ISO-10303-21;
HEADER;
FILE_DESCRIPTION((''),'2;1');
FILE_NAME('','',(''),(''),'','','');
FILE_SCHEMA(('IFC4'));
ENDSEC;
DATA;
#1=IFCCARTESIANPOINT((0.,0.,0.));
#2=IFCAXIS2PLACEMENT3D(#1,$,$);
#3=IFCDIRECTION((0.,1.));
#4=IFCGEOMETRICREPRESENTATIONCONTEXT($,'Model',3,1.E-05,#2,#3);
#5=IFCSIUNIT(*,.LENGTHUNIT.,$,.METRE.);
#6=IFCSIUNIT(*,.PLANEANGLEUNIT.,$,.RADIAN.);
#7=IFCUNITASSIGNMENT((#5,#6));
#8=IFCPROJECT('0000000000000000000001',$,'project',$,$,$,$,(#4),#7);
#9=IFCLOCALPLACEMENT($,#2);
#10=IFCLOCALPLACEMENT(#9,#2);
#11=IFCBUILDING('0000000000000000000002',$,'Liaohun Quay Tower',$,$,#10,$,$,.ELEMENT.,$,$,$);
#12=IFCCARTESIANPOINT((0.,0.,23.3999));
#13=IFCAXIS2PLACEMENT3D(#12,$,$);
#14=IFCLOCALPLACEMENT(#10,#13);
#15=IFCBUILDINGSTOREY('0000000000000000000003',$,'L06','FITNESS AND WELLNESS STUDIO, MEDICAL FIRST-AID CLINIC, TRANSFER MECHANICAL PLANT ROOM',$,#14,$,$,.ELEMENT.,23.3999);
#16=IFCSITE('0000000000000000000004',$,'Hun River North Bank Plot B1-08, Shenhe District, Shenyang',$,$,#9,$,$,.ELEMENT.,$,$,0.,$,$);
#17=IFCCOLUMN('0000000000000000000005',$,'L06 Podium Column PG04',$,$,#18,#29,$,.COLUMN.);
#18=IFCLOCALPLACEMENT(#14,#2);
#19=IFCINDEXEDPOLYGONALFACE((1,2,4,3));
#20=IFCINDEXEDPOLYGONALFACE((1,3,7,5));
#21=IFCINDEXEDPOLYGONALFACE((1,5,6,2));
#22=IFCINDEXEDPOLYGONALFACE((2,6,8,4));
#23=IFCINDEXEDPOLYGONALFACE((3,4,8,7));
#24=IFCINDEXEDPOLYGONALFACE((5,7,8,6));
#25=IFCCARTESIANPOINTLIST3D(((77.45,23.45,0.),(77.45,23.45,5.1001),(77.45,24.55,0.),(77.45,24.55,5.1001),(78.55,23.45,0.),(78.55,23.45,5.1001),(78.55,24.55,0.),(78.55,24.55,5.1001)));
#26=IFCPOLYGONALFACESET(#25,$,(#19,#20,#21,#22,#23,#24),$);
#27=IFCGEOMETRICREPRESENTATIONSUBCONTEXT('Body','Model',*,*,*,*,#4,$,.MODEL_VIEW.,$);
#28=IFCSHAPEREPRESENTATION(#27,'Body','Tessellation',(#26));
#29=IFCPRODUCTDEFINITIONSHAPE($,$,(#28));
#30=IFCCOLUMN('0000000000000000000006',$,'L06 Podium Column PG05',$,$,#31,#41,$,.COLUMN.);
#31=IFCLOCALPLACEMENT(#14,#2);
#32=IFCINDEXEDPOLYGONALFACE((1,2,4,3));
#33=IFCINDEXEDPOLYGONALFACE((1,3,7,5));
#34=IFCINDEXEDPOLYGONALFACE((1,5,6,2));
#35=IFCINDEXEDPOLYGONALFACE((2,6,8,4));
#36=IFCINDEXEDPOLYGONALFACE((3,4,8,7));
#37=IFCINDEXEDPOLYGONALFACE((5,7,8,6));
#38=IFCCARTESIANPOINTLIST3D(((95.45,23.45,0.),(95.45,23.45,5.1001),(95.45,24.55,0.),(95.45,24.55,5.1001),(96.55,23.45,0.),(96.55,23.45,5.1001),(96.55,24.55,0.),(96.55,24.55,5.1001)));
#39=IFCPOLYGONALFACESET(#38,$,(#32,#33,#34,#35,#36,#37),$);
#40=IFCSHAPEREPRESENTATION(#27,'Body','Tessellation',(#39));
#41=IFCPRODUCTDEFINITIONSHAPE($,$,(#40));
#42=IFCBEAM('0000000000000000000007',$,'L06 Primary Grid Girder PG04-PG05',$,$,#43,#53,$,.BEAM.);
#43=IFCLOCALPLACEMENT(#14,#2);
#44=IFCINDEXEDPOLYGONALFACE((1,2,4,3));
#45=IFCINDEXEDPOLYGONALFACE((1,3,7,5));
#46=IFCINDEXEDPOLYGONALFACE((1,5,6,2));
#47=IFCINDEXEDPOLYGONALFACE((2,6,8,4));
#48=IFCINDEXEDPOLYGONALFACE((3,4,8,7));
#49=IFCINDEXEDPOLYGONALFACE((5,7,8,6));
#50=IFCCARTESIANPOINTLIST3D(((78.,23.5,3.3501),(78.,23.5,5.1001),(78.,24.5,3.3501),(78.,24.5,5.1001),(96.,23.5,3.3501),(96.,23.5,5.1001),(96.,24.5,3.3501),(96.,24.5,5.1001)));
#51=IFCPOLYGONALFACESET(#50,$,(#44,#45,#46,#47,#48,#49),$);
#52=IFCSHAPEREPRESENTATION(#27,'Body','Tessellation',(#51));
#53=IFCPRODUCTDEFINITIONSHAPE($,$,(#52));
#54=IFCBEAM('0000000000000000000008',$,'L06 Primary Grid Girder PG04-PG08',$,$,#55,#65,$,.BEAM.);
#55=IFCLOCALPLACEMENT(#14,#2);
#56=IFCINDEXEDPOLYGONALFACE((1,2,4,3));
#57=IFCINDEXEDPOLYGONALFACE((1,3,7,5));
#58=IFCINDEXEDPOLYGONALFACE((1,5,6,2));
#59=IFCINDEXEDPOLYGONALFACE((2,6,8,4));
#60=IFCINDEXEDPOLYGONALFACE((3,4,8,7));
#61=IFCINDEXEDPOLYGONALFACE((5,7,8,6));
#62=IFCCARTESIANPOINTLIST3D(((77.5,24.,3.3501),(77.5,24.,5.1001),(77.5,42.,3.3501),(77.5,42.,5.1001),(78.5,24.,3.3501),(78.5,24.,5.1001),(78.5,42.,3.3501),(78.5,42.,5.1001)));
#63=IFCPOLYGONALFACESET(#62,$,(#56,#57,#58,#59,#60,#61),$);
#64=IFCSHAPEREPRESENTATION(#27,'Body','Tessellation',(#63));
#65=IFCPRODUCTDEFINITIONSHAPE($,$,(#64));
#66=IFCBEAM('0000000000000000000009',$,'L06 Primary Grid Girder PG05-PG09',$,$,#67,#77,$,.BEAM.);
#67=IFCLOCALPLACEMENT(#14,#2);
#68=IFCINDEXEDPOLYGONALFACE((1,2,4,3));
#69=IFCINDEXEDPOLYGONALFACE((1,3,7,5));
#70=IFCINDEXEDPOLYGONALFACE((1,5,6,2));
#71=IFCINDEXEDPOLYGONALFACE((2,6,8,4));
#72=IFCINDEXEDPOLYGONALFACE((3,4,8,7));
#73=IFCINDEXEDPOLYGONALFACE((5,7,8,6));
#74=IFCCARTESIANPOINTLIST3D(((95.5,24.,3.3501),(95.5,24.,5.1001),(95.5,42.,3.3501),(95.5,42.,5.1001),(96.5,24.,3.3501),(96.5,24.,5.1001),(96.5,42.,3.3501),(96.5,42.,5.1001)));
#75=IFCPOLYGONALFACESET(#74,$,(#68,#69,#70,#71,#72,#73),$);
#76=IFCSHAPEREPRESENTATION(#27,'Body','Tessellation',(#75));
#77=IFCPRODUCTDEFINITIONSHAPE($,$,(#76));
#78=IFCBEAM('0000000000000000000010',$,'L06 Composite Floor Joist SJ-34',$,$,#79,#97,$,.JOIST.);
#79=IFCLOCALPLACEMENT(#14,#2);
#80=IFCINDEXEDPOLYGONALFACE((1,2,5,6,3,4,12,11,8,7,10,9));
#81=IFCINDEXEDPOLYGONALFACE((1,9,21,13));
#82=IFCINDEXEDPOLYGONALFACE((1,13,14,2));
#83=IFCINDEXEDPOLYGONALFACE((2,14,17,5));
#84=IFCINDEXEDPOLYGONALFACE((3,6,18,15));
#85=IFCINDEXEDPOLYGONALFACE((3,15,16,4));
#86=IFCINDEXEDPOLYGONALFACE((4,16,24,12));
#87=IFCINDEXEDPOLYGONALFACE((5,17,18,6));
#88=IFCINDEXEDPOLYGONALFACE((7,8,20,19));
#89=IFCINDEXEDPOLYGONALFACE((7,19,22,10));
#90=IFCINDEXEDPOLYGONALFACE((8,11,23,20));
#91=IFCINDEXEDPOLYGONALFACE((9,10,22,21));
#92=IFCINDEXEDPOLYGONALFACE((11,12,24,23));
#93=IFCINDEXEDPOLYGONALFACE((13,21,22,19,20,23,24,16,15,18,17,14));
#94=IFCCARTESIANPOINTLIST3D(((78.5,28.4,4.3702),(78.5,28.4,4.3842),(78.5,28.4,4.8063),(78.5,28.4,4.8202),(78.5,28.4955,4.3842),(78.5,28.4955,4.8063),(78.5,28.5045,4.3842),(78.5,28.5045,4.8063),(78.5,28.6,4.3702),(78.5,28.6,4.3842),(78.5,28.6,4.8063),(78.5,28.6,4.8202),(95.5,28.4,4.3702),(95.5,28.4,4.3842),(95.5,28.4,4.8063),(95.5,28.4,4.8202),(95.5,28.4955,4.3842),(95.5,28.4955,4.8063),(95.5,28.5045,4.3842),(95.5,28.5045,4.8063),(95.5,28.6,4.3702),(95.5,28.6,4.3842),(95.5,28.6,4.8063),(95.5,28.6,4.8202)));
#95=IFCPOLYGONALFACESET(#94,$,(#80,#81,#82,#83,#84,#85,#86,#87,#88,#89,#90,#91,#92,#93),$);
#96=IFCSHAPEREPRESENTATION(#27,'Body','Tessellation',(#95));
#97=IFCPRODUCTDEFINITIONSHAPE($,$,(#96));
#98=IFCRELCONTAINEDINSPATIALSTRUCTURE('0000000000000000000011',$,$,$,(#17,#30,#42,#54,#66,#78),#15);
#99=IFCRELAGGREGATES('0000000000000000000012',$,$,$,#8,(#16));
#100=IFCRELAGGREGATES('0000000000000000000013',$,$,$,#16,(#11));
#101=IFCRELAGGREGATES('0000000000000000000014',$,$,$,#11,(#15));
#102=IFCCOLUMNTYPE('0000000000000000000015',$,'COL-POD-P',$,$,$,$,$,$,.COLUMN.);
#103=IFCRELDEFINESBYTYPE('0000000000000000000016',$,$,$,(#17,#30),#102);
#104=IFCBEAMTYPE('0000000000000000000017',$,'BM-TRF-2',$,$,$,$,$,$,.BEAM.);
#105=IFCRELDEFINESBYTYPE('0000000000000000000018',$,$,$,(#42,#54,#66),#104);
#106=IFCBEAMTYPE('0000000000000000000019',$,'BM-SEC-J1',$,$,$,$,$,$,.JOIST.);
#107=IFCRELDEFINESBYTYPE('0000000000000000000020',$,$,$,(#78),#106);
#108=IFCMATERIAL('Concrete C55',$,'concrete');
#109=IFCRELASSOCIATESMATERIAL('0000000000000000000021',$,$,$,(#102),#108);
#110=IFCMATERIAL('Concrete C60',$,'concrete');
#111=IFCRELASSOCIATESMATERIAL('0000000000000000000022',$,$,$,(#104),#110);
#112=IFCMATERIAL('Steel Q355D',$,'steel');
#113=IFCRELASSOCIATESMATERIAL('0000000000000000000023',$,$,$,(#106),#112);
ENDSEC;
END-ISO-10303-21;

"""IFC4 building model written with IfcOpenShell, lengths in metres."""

from ifc_helpers import new_model, si_unit, direction, frame, origin, origin_2d, place, context, subcontext, project, spatial, rectangle, i_section, extrude, source, transform, mapped, material, material_profile, profile_set, type_object, element, save


model = new_model("IFC4")

# Units and contexts
model_context = context("Model", 3, precision=1e-05, world=origin(), true_north=direction((0.0, 1.0)))
body_context = subcontext(model_context, "Body", "Model", "MODEL_VIEW")
ifc_project = project(units=[si_unit("LENGTHUNIT", "METRE"), si_unit("PLANEANGLEUNIT", "RADIAN")], contexts=[model_context])

# Site, building, storey
site_placement = place(None, origin())
site = spatial("IfcSite", under=ifc_project, at=site_placement, Name="Hun River North Bank Plot B1-08, Shenhe District, Shenyang", CompositionType="ELEMENT", RefElevation=0.0)
building_placement = place(site_placement, origin())
building = spatial("IfcBuilding", under=site, at=building_placement, Name="Liaohun Quay Tower", CompositionType="ELEMENT")
storey_placement = place(building_placement, frame((0.0, 0.0, 23.3999)))
storey = spatial("IfcBuildingStorey", under=building, at=storey_placement, Name="L06", Description="FITNESS AND WELLNESS STUDIO, MEDICAL FIRST-AID CLINIC, TRANSFER MECHANICAL PLANT ROOM", CompositionType="ELEMENT", Elevation=23.3999)

# Columns
ifc_material_1 = material(Name="Concrete C55", Category="concrete")
ifc_material_profile_1 = material_profile(ifc_material_1, rectangle(XDim=1.1001, YDim=1.1001, at=origin_2d()), Name="RC1100x1100")
ifc_profile_set_1 = profile_set([ifc_material_profile_1], Name="Concrete C55")
column_type = type_object("IfcColumnType", Name="COL-POD-P", PredefinedType="COLUMN", material=ifc_profile_set_1)
shared_shape_1 = source(origin(), body_context, "Body", "SweptSolid", [
    extrude(rectangle(XDim=1.1001, YDim=1.1001, at=origin_2d()), origin(), (0.0, 0.0, 1.0), 5.1001),
])
for number, where, z_axis, x_axis, name in (
    (1, (78.0, 24.0, 0.0), (0.0, 0.0, 1.0), (1.0, 0.0, 0.0), "L06 Podium Column PG04"),
    (2, (96.0, 24.0, 0.0), (0.0, 0.0, 1.0), (1.0, 0.0, 0.0), "L06 Podium Column PG05"),
):
    element("IfcColumn", number, at=place(storey_placement, frame(where, z_axis=z_axis, x_axis=x_axis)), inside=storey, type_object=column_type, Name=name, PredefinedType="COLUMN", context=body_context, shape_type="MappedRepresentation", body=[
        mapped(shared_shape_1, transform((0.0, 0.0, 0.0), x_axis=(1.0, 0.0, 0.0), y_axis=(0.0, 1.0, 0.0), z_axis=(0.0, 0.0, 1.0), scale=1.0)),
    ])

# Beams
ifc_material_2 = material(Name="Concrete C60", Category="concrete")
ifc_material_profile_2 = material_profile(ifc_material_2, rectangle(XDim=1.0, YDim=1.75, at=origin_2d()), Name="RC1000x1750")
ifc_profile_set_2 = profile_set([ifc_material_profile_2], Name="Concrete C60")
beam_type_1 = type_object("IfcBeamType", Name="BM-TRF-2", PredefinedType="BEAM", material=ifc_profile_set_2)
shared_shape_2 = source(origin(), body_context, "Body", "SweptSolid", [
    extrude(rectangle(XDim=1.0, YDim=1.75, at=origin_2d()), origin(), (0.0, 0.0, 1.0), 18.0),
])
for number, where, z_axis, x_axis, name in (
    (3, (78.0, 24.0, 4.2251), (1.0, 0.0, 0.0), (0.0, 1.0, 0.0), "L06 Primary Grid Girder PG04-PG05"),
    (4, (78.0, 24.0, 4.2251), (0.0, 1.0, 0.0), (-1.0, 0.0, 0.0), "L06 Primary Grid Girder PG04-PG08"),
    (5, (96.0, 24.0, 4.2251), (0.0, 1.0, 0.0), (-1.0, 0.0, 0.0), "L06 Primary Grid Girder PG05-PG09"),
):
    element("IfcBeam", number, at=place(storey_placement, frame(where, z_axis=z_axis, x_axis=x_axis)), inside=storey, type_object=beam_type_1, Name=name, PredefinedType="BEAM", context=body_context, shape_type="MappedRepresentation", body=[
        mapped(shared_shape_2, transform((0.0, 0.0, 0.0), x_axis=(1.0, 0.0, 0.0), y_axis=(0.0, 1.0, 0.0), z_axis=(0.0, 0.0, 1.0), scale=1.0)),
    ])
ifc_material_3 = material(Name="Steel Q355D", Category="steel")
ifc_material_profile_3 = material_profile(ifc_material_3, i_section(OverallWidth=0.2, OverallDepth=0.45, WebThickness=0.009, FlangeThickness=0.0139, at=origin_2d()), Name="HN450x200x9x14")
ifc_profile_set_3 = profile_set([ifc_material_profile_3], Name="Steel Q355D")
beam_type_2 = type_object("IfcBeamType", Name="BM-SEC-J1", PredefinedType="JOIST", material=ifc_profile_set_3)
shared_shape_3 = source(origin(), body_context, "Body", "SweptSolid", [
    extrude(i_section(OverallWidth=0.2, OverallDepth=0.45, WebThickness=0.009, FlangeThickness=0.0139, at=origin_2d()), origin(), (0.0, 0.0, 1.0), 17.0),
])
beam_placement = place(storey_placement, frame((78.5, 28.5, 4.5952), z_axis=(1.0, 0.0, 0.0), x_axis=(0.0, 1.0, 0.0)))
element("IfcBeam", 6, at=beam_placement, inside=storey, type_object=beam_type_2, Name="L06 Composite Floor Joist SJ-34", PredefinedType="JOIST", context=body_context, shape_type="MappedRepresentation", body=[
    mapped(shared_shape_3, transform((0.0, 0.0, 0.0), x_axis=(1.0, 0.0, 0.0), y_axis=(0.0, 1.0, 0.0), z_axis=(0.0, 0.0, 1.0), scale=1.0)),
])

save(model, "model.ifc")
